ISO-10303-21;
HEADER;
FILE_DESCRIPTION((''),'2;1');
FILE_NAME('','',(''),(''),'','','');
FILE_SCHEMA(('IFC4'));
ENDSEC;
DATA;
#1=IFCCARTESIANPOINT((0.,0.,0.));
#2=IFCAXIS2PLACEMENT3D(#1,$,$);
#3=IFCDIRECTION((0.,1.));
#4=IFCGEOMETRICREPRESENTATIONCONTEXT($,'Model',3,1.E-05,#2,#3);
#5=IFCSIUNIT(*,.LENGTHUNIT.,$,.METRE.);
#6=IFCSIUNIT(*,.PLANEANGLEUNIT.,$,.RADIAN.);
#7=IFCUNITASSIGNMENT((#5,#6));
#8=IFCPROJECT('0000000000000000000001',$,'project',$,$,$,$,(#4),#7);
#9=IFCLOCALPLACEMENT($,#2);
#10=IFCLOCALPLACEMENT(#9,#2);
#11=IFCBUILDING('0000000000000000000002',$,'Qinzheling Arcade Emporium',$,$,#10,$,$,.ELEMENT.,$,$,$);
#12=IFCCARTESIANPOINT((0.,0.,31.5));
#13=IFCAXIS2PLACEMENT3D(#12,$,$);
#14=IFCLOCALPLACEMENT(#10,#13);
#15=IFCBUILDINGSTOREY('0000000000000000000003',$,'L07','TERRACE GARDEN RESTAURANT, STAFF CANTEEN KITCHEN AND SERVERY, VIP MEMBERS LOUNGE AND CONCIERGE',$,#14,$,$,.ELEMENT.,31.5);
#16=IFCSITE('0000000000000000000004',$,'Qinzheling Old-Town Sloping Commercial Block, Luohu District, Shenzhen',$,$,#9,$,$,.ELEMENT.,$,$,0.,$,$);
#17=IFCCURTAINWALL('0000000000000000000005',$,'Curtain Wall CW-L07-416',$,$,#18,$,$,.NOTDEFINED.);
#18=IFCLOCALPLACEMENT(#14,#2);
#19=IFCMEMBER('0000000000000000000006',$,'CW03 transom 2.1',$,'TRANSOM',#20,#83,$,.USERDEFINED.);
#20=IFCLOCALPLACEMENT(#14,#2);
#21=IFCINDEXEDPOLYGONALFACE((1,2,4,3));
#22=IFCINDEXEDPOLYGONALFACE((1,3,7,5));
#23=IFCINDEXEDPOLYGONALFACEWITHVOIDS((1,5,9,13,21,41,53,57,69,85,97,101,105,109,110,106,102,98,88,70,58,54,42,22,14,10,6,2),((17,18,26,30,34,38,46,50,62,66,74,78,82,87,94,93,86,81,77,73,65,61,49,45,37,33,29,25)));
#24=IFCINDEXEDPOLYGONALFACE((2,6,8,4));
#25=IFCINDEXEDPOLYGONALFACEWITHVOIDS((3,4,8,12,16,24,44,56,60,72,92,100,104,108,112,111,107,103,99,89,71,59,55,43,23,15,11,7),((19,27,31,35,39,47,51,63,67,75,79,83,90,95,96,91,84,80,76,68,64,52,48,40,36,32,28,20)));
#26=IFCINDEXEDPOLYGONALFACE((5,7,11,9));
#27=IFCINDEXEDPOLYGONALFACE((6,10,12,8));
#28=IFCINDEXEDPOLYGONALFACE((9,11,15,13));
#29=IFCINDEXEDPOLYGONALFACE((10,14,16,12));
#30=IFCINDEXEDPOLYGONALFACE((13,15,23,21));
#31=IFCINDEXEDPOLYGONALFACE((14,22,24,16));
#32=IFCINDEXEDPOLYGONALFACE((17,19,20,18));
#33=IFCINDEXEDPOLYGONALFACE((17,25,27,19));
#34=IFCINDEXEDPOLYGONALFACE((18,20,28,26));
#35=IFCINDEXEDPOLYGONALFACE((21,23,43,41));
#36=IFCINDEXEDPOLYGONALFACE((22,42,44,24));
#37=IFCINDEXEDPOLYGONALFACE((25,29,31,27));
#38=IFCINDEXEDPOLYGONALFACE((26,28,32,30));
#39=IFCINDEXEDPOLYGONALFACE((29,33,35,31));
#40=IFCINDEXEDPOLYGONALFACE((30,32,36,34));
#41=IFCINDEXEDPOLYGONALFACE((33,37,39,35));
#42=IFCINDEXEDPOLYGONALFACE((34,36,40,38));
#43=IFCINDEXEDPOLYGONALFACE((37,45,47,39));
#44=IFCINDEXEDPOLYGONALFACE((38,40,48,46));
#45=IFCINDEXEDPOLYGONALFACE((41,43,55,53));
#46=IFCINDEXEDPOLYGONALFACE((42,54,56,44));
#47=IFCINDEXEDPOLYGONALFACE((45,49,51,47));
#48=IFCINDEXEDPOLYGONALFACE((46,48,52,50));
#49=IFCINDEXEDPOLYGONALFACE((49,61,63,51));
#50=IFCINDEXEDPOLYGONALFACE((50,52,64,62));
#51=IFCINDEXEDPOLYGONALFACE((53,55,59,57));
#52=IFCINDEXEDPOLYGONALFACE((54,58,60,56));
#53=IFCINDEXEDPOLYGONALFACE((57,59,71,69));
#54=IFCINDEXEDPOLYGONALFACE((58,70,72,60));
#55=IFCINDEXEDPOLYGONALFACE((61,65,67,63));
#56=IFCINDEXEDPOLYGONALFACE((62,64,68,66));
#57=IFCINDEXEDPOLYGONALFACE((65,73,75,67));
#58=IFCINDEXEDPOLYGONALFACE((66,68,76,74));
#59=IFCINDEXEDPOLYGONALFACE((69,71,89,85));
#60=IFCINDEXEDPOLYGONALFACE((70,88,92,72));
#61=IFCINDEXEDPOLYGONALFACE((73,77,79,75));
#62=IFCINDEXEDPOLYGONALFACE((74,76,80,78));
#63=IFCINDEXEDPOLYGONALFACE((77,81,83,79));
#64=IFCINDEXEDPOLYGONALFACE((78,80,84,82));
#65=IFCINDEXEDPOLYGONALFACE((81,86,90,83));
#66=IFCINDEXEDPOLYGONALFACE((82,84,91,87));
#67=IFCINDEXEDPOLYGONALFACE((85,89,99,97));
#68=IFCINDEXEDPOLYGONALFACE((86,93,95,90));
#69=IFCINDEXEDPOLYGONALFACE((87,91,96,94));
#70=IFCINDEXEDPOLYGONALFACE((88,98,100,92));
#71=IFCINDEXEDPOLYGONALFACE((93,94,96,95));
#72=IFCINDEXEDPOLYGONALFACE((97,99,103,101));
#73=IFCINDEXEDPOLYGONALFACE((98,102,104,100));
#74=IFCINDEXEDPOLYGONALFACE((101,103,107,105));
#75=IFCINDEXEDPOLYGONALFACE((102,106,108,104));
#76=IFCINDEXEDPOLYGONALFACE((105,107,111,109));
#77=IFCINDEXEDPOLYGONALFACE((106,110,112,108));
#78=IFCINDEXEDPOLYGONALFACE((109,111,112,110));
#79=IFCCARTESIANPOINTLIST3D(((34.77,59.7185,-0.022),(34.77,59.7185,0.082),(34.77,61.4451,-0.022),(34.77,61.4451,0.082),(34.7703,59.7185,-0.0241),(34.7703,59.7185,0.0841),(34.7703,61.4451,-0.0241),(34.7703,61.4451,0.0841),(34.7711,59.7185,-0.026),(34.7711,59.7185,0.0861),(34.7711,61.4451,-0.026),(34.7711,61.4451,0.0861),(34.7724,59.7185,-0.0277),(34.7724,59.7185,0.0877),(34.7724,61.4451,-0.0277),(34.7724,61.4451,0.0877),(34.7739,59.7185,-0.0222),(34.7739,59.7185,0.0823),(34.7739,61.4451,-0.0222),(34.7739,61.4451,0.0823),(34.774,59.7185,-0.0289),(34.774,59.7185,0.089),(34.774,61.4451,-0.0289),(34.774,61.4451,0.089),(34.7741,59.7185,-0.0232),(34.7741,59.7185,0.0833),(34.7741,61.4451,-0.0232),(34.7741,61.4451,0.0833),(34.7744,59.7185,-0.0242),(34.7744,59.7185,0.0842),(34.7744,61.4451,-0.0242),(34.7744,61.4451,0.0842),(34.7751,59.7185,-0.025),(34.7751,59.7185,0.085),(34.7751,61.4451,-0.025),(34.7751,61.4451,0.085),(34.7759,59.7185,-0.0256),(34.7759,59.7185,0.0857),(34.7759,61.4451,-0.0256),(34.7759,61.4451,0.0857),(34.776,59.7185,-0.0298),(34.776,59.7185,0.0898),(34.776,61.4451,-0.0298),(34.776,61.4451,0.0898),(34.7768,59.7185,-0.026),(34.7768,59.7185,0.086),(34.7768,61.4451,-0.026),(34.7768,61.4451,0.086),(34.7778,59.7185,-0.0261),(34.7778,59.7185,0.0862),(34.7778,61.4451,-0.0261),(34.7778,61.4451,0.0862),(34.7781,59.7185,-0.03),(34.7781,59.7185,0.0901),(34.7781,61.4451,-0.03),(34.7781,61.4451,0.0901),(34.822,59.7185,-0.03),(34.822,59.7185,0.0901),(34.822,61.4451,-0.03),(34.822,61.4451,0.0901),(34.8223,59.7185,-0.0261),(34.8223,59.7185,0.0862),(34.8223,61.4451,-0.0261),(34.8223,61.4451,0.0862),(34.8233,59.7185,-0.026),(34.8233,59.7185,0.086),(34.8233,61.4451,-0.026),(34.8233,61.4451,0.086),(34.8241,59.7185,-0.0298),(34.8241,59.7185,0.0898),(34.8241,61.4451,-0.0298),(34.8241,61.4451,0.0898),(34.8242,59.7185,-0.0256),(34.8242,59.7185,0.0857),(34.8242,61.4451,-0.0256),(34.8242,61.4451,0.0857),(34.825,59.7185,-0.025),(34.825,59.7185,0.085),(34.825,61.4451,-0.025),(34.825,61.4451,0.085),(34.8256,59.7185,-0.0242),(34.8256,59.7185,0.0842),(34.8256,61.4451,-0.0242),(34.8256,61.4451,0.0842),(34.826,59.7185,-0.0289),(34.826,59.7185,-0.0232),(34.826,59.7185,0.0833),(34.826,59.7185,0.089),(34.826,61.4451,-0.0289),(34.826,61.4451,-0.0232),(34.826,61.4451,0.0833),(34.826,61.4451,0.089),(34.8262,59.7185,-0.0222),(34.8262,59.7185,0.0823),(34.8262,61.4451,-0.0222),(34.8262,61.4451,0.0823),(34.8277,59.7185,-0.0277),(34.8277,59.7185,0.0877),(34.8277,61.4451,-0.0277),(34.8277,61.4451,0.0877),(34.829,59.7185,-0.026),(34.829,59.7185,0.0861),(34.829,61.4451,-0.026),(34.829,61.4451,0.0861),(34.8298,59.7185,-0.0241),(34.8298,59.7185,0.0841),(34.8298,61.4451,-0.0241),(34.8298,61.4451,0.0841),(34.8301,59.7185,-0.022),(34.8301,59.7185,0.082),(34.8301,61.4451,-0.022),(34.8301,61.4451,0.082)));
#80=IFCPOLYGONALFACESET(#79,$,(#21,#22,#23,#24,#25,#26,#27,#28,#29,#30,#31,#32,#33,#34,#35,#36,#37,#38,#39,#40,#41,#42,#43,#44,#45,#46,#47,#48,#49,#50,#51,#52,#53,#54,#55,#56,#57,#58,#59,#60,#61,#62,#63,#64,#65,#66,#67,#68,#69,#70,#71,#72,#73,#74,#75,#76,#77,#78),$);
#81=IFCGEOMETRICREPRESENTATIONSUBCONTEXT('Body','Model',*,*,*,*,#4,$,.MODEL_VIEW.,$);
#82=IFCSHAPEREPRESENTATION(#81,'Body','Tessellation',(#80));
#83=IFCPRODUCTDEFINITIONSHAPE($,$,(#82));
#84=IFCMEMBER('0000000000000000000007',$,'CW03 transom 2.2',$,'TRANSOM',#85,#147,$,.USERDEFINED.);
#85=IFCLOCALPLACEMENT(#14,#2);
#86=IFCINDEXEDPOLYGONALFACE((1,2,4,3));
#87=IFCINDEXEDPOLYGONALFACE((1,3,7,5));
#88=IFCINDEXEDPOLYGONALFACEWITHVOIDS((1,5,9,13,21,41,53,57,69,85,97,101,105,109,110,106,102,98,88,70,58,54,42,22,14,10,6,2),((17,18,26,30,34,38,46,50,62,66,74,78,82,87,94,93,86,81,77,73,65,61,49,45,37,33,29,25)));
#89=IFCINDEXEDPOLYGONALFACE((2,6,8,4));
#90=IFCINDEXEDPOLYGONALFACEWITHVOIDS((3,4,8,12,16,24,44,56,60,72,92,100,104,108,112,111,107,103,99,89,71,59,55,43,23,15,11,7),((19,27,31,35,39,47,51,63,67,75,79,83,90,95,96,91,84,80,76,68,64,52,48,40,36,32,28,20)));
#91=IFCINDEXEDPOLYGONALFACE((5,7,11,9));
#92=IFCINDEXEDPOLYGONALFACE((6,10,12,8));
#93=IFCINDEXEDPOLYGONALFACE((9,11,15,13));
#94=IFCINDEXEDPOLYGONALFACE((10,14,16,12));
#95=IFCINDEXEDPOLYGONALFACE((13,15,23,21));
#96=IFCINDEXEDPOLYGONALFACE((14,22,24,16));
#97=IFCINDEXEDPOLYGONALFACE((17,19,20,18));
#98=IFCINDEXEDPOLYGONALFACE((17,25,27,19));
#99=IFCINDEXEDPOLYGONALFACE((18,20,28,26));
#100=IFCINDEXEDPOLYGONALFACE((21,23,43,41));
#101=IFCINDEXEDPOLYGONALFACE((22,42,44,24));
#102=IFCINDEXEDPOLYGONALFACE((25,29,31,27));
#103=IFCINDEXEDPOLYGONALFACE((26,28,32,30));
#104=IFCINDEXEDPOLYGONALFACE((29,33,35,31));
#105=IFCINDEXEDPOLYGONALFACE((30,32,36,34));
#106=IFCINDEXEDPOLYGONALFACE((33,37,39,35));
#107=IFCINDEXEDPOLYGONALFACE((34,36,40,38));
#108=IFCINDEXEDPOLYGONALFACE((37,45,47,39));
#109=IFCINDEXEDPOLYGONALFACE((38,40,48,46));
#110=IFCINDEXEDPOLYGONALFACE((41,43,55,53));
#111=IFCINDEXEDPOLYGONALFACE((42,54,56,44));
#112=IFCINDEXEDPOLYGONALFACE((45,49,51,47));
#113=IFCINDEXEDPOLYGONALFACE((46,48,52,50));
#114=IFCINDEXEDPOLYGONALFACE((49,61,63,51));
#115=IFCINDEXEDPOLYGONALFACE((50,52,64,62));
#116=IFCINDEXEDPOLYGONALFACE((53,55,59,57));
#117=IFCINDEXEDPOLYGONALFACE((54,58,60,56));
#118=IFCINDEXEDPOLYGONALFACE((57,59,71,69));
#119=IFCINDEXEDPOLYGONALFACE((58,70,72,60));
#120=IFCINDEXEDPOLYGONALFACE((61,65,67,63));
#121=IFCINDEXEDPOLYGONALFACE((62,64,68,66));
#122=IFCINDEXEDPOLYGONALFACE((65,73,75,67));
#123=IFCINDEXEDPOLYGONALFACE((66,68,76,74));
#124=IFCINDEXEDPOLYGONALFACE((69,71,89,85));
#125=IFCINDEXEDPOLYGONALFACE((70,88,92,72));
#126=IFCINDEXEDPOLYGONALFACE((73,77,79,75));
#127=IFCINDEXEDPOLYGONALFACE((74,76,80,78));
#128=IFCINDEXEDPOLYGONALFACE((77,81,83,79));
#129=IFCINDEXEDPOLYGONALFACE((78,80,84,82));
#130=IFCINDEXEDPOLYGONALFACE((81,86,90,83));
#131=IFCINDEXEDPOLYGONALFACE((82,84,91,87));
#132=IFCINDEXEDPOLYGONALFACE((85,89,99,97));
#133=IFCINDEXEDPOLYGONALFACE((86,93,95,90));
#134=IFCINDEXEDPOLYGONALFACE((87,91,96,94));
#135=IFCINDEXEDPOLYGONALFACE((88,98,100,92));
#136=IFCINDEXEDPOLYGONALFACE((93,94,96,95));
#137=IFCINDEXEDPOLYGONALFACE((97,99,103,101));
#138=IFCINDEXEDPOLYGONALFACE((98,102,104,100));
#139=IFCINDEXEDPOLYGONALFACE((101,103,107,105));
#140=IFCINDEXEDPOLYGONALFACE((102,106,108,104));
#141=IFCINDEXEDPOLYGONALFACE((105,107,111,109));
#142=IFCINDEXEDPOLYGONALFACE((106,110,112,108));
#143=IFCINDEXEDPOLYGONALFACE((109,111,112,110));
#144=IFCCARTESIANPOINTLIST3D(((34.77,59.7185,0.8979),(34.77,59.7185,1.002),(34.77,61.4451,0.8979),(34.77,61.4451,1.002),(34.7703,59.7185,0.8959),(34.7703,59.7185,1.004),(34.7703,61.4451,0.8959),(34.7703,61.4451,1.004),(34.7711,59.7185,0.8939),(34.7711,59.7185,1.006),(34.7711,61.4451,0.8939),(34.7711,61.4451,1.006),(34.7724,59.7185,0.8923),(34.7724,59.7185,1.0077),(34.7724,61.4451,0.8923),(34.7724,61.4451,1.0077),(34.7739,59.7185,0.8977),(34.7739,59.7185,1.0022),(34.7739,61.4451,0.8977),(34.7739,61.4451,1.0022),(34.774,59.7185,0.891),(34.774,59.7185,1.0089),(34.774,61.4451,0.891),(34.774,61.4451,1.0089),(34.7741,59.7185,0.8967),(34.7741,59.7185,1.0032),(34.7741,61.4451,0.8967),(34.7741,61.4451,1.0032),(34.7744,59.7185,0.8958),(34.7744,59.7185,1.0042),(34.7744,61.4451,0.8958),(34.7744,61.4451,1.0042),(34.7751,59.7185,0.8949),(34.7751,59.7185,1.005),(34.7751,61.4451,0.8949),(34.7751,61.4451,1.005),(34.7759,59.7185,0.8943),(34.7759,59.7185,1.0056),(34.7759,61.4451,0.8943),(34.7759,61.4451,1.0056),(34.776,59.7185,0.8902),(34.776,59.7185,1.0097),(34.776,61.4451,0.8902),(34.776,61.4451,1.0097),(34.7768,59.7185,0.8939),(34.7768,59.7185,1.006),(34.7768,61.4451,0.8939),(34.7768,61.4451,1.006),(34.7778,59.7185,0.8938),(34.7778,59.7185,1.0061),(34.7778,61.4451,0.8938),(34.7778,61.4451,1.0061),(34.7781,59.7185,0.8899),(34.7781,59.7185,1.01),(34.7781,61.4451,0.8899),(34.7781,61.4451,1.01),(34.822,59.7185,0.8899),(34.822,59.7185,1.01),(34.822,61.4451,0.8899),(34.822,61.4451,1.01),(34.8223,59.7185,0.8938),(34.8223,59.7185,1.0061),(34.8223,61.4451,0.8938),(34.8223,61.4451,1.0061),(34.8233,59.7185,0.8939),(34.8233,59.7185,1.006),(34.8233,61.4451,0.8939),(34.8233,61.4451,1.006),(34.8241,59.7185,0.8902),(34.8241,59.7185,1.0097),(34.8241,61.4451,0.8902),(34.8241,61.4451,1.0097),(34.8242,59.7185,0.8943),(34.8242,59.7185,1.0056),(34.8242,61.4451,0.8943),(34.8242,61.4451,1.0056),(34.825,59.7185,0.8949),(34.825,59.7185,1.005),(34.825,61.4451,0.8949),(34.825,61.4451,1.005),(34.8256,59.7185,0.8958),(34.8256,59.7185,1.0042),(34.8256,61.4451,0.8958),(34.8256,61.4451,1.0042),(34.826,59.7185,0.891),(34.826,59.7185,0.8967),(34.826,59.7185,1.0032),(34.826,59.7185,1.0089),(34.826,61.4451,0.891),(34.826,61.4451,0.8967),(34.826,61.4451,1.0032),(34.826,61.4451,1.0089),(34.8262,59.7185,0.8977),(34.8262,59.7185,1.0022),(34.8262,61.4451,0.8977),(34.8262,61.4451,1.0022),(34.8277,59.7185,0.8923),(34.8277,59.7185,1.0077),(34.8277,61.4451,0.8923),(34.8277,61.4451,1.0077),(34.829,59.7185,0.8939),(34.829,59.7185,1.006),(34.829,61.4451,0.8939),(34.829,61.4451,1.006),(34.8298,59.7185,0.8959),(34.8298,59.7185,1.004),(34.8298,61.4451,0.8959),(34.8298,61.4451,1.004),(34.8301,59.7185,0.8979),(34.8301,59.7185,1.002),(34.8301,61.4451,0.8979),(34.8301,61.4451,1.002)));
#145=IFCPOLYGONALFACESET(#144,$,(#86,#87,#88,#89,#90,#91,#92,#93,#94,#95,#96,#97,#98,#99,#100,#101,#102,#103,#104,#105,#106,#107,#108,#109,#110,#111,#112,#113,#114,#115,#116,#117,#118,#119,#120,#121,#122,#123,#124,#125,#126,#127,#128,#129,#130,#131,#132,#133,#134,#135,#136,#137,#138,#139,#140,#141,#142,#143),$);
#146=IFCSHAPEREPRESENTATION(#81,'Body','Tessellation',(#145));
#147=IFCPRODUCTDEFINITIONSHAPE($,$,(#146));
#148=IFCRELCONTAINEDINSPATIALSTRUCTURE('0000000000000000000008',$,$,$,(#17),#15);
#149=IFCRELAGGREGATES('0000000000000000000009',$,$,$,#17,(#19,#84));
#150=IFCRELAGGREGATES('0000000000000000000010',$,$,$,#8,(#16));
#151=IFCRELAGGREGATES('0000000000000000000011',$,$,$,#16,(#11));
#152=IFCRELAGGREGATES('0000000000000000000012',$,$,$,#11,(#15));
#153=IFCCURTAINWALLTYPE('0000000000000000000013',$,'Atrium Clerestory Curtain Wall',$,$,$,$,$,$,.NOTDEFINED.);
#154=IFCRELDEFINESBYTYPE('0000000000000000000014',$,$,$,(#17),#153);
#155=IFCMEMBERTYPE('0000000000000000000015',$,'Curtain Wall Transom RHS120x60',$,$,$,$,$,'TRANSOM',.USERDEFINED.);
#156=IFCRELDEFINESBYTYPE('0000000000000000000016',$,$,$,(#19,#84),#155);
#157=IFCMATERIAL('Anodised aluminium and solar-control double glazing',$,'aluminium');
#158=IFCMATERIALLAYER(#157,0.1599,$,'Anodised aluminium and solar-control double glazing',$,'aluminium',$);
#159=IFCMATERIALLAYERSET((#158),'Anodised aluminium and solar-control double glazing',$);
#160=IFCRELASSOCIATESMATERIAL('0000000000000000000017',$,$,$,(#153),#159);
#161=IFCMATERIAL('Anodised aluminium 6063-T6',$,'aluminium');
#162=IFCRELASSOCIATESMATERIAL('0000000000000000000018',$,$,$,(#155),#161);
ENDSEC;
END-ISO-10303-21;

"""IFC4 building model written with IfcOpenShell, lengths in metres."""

from ifc_helpers import new_model, si_unit, direction, frame, origin, origin_2d, place, context, subcontext, project, spatial, hollow_rectangle, extrude, material, layer, layer_set, material_profile, profile_set, type_object, element, aggregate, save


model = new_model("IFC4")

# Units and contexts
model_context = context("Model", 3, precision=1e-05, world=origin(), true_north=direction((0.0, 1.0)))
body_context = subcontext(model_context, "Body", "Model", "MODEL_VIEW")
ifc_project = project(units=[si_unit("LENGTHUNIT", "METRE"), si_unit("PLANEANGLEUNIT", "RADIAN")], contexts=[model_context])

# Site, building, storey
site_placement = place(None, origin())
site = spatial("IfcSite", under=ifc_project, at=site_placement, Name="Qinzheling Old-Town Sloping Commercial Block, Luohu District, Shenzhen", CompositionType="ELEMENT", RefElevation=0.0)
building_placement = place(site_placement, origin())
building = spatial("IfcBuilding", under=site, at=building_placement, Name="Qinzheling Arcade Emporium", CompositionType="ELEMENT")
storey_placement = place(building_placement, frame((0.0, 0.0, 31.5)))
storey = spatial("IfcBuildingStorey", under=building, at=storey_placement, Name="L07", Description="TERRACE GARDEN RESTAURANT, STAFF CANTEEN KITCHEN AND SERVERY, VIP MEMBERS LOUNGE AND CONCIERGE", CompositionType="ELEMENT", Elevation=31.5)

# Shared definitions
ifc_material_1 = material(Name="Anodised aluminium and solar-control double glazing", Category="aluminium")
ifc_layer_1 = layer(ifc_material_1, 0.1599, Name="Anodised aluminium and solar-control double glazing", Category="aluminium")
ifc_layer_set_1 = layer_set([ifc_layer_1], Name="Anodised aluminium and solar-control double glazing")
curtain_wall_type = type_object("IfcCurtainWallType", Name="Atrium Clerestory Curtain Wall", PredefinedType="NOTDEFINED", material=ifc_layer_set_1)
ifc_material_2 = material(Name="Anodised aluminium 6063-T6", Category="aluminium")

# Curtain wall, members
curtain_wall_1_placement = place(storey_placement, origin())
curtain_wall_1 = element("IfcCurtainWall", 1, at=curtain_wall_1_placement, inside=storey, type_object=curtain_wall_type, Name="Curtain Wall CW-L07-416", PredefinedType="NOTDEFINED")
ifc_material_profile_1 = material_profile(ifc_material_2, hollow_rectangle(XDim=0.0601, YDim=0.1201, WallThickness=0.0039, InnerFilletRadius=0.0039, OuterFilletRadius=0.0081, at=origin_2d()), Name="RHS 120x60x4", Category="aluminium")
ifc_profile_set_1 = profile_set([ifc_material_profile_1], Name="Anodised aluminium 6063-T6")
member_type_1 = type_object("IfcMemberType", Name="Curtain Wall Transom RHS120x60", ElementType="TRANSOM", PredefinedType="USERDEFINED", material=ifc_profile_set_1)
member_1_placement = place(storey_placement, frame((34.8, 59.7185, 0.03), z_axis=(0.0, 1.0, 0.0), x_axis=(-1.0, 0.0, 0.0)))
member_1 = element("IfcMember", 2, at=member_1_placement, type_object=member_type_1, Name="CW03 transom 2.1", ObjectType="TRANSOM", PredefinedType="USERDEFINED", context=body_context, shape_type="SweptSolid", body=[
    extrude(hollow_rectangle(XDim=0.0601, YDim=0.1201, WallThickness=0.0039, InnerFilletRadius=0.0039, OuterFilletRadius=0.0081, at=origin_2d()), origin(), (0.0, 0.0, 1.0), 1.7266),
])
member_2_placement = place(storey_placement, frame((34.8, 59.7185, 0.95), z_axis=(0.0, 1.0, 0.0), x_axis=(-1.0, 0.0, 0.0)))
member_2 = element("IfcMember", 3, at=member_2_placement, type_object=member_type_1, Name="CW03 transom 2.2", ObjectType="TRANSOM", PredefinedType="USERDEFINED", context=body_context, shape_type="SweptSolid", body=[
    extrude(hollow_rectangle(XDim=0.0601, YDim=0.1201, WallThickness=0.0039, InnerFilletRadius=0.0039, OuterFilletRadius=0.0081, at=origin_2d()), origin(), (0.0, 0.0, 1.0), 1.7266),
])
aggregate(curtain_wall_1, [member_1, member_2])

save(model, "model.ifc")
